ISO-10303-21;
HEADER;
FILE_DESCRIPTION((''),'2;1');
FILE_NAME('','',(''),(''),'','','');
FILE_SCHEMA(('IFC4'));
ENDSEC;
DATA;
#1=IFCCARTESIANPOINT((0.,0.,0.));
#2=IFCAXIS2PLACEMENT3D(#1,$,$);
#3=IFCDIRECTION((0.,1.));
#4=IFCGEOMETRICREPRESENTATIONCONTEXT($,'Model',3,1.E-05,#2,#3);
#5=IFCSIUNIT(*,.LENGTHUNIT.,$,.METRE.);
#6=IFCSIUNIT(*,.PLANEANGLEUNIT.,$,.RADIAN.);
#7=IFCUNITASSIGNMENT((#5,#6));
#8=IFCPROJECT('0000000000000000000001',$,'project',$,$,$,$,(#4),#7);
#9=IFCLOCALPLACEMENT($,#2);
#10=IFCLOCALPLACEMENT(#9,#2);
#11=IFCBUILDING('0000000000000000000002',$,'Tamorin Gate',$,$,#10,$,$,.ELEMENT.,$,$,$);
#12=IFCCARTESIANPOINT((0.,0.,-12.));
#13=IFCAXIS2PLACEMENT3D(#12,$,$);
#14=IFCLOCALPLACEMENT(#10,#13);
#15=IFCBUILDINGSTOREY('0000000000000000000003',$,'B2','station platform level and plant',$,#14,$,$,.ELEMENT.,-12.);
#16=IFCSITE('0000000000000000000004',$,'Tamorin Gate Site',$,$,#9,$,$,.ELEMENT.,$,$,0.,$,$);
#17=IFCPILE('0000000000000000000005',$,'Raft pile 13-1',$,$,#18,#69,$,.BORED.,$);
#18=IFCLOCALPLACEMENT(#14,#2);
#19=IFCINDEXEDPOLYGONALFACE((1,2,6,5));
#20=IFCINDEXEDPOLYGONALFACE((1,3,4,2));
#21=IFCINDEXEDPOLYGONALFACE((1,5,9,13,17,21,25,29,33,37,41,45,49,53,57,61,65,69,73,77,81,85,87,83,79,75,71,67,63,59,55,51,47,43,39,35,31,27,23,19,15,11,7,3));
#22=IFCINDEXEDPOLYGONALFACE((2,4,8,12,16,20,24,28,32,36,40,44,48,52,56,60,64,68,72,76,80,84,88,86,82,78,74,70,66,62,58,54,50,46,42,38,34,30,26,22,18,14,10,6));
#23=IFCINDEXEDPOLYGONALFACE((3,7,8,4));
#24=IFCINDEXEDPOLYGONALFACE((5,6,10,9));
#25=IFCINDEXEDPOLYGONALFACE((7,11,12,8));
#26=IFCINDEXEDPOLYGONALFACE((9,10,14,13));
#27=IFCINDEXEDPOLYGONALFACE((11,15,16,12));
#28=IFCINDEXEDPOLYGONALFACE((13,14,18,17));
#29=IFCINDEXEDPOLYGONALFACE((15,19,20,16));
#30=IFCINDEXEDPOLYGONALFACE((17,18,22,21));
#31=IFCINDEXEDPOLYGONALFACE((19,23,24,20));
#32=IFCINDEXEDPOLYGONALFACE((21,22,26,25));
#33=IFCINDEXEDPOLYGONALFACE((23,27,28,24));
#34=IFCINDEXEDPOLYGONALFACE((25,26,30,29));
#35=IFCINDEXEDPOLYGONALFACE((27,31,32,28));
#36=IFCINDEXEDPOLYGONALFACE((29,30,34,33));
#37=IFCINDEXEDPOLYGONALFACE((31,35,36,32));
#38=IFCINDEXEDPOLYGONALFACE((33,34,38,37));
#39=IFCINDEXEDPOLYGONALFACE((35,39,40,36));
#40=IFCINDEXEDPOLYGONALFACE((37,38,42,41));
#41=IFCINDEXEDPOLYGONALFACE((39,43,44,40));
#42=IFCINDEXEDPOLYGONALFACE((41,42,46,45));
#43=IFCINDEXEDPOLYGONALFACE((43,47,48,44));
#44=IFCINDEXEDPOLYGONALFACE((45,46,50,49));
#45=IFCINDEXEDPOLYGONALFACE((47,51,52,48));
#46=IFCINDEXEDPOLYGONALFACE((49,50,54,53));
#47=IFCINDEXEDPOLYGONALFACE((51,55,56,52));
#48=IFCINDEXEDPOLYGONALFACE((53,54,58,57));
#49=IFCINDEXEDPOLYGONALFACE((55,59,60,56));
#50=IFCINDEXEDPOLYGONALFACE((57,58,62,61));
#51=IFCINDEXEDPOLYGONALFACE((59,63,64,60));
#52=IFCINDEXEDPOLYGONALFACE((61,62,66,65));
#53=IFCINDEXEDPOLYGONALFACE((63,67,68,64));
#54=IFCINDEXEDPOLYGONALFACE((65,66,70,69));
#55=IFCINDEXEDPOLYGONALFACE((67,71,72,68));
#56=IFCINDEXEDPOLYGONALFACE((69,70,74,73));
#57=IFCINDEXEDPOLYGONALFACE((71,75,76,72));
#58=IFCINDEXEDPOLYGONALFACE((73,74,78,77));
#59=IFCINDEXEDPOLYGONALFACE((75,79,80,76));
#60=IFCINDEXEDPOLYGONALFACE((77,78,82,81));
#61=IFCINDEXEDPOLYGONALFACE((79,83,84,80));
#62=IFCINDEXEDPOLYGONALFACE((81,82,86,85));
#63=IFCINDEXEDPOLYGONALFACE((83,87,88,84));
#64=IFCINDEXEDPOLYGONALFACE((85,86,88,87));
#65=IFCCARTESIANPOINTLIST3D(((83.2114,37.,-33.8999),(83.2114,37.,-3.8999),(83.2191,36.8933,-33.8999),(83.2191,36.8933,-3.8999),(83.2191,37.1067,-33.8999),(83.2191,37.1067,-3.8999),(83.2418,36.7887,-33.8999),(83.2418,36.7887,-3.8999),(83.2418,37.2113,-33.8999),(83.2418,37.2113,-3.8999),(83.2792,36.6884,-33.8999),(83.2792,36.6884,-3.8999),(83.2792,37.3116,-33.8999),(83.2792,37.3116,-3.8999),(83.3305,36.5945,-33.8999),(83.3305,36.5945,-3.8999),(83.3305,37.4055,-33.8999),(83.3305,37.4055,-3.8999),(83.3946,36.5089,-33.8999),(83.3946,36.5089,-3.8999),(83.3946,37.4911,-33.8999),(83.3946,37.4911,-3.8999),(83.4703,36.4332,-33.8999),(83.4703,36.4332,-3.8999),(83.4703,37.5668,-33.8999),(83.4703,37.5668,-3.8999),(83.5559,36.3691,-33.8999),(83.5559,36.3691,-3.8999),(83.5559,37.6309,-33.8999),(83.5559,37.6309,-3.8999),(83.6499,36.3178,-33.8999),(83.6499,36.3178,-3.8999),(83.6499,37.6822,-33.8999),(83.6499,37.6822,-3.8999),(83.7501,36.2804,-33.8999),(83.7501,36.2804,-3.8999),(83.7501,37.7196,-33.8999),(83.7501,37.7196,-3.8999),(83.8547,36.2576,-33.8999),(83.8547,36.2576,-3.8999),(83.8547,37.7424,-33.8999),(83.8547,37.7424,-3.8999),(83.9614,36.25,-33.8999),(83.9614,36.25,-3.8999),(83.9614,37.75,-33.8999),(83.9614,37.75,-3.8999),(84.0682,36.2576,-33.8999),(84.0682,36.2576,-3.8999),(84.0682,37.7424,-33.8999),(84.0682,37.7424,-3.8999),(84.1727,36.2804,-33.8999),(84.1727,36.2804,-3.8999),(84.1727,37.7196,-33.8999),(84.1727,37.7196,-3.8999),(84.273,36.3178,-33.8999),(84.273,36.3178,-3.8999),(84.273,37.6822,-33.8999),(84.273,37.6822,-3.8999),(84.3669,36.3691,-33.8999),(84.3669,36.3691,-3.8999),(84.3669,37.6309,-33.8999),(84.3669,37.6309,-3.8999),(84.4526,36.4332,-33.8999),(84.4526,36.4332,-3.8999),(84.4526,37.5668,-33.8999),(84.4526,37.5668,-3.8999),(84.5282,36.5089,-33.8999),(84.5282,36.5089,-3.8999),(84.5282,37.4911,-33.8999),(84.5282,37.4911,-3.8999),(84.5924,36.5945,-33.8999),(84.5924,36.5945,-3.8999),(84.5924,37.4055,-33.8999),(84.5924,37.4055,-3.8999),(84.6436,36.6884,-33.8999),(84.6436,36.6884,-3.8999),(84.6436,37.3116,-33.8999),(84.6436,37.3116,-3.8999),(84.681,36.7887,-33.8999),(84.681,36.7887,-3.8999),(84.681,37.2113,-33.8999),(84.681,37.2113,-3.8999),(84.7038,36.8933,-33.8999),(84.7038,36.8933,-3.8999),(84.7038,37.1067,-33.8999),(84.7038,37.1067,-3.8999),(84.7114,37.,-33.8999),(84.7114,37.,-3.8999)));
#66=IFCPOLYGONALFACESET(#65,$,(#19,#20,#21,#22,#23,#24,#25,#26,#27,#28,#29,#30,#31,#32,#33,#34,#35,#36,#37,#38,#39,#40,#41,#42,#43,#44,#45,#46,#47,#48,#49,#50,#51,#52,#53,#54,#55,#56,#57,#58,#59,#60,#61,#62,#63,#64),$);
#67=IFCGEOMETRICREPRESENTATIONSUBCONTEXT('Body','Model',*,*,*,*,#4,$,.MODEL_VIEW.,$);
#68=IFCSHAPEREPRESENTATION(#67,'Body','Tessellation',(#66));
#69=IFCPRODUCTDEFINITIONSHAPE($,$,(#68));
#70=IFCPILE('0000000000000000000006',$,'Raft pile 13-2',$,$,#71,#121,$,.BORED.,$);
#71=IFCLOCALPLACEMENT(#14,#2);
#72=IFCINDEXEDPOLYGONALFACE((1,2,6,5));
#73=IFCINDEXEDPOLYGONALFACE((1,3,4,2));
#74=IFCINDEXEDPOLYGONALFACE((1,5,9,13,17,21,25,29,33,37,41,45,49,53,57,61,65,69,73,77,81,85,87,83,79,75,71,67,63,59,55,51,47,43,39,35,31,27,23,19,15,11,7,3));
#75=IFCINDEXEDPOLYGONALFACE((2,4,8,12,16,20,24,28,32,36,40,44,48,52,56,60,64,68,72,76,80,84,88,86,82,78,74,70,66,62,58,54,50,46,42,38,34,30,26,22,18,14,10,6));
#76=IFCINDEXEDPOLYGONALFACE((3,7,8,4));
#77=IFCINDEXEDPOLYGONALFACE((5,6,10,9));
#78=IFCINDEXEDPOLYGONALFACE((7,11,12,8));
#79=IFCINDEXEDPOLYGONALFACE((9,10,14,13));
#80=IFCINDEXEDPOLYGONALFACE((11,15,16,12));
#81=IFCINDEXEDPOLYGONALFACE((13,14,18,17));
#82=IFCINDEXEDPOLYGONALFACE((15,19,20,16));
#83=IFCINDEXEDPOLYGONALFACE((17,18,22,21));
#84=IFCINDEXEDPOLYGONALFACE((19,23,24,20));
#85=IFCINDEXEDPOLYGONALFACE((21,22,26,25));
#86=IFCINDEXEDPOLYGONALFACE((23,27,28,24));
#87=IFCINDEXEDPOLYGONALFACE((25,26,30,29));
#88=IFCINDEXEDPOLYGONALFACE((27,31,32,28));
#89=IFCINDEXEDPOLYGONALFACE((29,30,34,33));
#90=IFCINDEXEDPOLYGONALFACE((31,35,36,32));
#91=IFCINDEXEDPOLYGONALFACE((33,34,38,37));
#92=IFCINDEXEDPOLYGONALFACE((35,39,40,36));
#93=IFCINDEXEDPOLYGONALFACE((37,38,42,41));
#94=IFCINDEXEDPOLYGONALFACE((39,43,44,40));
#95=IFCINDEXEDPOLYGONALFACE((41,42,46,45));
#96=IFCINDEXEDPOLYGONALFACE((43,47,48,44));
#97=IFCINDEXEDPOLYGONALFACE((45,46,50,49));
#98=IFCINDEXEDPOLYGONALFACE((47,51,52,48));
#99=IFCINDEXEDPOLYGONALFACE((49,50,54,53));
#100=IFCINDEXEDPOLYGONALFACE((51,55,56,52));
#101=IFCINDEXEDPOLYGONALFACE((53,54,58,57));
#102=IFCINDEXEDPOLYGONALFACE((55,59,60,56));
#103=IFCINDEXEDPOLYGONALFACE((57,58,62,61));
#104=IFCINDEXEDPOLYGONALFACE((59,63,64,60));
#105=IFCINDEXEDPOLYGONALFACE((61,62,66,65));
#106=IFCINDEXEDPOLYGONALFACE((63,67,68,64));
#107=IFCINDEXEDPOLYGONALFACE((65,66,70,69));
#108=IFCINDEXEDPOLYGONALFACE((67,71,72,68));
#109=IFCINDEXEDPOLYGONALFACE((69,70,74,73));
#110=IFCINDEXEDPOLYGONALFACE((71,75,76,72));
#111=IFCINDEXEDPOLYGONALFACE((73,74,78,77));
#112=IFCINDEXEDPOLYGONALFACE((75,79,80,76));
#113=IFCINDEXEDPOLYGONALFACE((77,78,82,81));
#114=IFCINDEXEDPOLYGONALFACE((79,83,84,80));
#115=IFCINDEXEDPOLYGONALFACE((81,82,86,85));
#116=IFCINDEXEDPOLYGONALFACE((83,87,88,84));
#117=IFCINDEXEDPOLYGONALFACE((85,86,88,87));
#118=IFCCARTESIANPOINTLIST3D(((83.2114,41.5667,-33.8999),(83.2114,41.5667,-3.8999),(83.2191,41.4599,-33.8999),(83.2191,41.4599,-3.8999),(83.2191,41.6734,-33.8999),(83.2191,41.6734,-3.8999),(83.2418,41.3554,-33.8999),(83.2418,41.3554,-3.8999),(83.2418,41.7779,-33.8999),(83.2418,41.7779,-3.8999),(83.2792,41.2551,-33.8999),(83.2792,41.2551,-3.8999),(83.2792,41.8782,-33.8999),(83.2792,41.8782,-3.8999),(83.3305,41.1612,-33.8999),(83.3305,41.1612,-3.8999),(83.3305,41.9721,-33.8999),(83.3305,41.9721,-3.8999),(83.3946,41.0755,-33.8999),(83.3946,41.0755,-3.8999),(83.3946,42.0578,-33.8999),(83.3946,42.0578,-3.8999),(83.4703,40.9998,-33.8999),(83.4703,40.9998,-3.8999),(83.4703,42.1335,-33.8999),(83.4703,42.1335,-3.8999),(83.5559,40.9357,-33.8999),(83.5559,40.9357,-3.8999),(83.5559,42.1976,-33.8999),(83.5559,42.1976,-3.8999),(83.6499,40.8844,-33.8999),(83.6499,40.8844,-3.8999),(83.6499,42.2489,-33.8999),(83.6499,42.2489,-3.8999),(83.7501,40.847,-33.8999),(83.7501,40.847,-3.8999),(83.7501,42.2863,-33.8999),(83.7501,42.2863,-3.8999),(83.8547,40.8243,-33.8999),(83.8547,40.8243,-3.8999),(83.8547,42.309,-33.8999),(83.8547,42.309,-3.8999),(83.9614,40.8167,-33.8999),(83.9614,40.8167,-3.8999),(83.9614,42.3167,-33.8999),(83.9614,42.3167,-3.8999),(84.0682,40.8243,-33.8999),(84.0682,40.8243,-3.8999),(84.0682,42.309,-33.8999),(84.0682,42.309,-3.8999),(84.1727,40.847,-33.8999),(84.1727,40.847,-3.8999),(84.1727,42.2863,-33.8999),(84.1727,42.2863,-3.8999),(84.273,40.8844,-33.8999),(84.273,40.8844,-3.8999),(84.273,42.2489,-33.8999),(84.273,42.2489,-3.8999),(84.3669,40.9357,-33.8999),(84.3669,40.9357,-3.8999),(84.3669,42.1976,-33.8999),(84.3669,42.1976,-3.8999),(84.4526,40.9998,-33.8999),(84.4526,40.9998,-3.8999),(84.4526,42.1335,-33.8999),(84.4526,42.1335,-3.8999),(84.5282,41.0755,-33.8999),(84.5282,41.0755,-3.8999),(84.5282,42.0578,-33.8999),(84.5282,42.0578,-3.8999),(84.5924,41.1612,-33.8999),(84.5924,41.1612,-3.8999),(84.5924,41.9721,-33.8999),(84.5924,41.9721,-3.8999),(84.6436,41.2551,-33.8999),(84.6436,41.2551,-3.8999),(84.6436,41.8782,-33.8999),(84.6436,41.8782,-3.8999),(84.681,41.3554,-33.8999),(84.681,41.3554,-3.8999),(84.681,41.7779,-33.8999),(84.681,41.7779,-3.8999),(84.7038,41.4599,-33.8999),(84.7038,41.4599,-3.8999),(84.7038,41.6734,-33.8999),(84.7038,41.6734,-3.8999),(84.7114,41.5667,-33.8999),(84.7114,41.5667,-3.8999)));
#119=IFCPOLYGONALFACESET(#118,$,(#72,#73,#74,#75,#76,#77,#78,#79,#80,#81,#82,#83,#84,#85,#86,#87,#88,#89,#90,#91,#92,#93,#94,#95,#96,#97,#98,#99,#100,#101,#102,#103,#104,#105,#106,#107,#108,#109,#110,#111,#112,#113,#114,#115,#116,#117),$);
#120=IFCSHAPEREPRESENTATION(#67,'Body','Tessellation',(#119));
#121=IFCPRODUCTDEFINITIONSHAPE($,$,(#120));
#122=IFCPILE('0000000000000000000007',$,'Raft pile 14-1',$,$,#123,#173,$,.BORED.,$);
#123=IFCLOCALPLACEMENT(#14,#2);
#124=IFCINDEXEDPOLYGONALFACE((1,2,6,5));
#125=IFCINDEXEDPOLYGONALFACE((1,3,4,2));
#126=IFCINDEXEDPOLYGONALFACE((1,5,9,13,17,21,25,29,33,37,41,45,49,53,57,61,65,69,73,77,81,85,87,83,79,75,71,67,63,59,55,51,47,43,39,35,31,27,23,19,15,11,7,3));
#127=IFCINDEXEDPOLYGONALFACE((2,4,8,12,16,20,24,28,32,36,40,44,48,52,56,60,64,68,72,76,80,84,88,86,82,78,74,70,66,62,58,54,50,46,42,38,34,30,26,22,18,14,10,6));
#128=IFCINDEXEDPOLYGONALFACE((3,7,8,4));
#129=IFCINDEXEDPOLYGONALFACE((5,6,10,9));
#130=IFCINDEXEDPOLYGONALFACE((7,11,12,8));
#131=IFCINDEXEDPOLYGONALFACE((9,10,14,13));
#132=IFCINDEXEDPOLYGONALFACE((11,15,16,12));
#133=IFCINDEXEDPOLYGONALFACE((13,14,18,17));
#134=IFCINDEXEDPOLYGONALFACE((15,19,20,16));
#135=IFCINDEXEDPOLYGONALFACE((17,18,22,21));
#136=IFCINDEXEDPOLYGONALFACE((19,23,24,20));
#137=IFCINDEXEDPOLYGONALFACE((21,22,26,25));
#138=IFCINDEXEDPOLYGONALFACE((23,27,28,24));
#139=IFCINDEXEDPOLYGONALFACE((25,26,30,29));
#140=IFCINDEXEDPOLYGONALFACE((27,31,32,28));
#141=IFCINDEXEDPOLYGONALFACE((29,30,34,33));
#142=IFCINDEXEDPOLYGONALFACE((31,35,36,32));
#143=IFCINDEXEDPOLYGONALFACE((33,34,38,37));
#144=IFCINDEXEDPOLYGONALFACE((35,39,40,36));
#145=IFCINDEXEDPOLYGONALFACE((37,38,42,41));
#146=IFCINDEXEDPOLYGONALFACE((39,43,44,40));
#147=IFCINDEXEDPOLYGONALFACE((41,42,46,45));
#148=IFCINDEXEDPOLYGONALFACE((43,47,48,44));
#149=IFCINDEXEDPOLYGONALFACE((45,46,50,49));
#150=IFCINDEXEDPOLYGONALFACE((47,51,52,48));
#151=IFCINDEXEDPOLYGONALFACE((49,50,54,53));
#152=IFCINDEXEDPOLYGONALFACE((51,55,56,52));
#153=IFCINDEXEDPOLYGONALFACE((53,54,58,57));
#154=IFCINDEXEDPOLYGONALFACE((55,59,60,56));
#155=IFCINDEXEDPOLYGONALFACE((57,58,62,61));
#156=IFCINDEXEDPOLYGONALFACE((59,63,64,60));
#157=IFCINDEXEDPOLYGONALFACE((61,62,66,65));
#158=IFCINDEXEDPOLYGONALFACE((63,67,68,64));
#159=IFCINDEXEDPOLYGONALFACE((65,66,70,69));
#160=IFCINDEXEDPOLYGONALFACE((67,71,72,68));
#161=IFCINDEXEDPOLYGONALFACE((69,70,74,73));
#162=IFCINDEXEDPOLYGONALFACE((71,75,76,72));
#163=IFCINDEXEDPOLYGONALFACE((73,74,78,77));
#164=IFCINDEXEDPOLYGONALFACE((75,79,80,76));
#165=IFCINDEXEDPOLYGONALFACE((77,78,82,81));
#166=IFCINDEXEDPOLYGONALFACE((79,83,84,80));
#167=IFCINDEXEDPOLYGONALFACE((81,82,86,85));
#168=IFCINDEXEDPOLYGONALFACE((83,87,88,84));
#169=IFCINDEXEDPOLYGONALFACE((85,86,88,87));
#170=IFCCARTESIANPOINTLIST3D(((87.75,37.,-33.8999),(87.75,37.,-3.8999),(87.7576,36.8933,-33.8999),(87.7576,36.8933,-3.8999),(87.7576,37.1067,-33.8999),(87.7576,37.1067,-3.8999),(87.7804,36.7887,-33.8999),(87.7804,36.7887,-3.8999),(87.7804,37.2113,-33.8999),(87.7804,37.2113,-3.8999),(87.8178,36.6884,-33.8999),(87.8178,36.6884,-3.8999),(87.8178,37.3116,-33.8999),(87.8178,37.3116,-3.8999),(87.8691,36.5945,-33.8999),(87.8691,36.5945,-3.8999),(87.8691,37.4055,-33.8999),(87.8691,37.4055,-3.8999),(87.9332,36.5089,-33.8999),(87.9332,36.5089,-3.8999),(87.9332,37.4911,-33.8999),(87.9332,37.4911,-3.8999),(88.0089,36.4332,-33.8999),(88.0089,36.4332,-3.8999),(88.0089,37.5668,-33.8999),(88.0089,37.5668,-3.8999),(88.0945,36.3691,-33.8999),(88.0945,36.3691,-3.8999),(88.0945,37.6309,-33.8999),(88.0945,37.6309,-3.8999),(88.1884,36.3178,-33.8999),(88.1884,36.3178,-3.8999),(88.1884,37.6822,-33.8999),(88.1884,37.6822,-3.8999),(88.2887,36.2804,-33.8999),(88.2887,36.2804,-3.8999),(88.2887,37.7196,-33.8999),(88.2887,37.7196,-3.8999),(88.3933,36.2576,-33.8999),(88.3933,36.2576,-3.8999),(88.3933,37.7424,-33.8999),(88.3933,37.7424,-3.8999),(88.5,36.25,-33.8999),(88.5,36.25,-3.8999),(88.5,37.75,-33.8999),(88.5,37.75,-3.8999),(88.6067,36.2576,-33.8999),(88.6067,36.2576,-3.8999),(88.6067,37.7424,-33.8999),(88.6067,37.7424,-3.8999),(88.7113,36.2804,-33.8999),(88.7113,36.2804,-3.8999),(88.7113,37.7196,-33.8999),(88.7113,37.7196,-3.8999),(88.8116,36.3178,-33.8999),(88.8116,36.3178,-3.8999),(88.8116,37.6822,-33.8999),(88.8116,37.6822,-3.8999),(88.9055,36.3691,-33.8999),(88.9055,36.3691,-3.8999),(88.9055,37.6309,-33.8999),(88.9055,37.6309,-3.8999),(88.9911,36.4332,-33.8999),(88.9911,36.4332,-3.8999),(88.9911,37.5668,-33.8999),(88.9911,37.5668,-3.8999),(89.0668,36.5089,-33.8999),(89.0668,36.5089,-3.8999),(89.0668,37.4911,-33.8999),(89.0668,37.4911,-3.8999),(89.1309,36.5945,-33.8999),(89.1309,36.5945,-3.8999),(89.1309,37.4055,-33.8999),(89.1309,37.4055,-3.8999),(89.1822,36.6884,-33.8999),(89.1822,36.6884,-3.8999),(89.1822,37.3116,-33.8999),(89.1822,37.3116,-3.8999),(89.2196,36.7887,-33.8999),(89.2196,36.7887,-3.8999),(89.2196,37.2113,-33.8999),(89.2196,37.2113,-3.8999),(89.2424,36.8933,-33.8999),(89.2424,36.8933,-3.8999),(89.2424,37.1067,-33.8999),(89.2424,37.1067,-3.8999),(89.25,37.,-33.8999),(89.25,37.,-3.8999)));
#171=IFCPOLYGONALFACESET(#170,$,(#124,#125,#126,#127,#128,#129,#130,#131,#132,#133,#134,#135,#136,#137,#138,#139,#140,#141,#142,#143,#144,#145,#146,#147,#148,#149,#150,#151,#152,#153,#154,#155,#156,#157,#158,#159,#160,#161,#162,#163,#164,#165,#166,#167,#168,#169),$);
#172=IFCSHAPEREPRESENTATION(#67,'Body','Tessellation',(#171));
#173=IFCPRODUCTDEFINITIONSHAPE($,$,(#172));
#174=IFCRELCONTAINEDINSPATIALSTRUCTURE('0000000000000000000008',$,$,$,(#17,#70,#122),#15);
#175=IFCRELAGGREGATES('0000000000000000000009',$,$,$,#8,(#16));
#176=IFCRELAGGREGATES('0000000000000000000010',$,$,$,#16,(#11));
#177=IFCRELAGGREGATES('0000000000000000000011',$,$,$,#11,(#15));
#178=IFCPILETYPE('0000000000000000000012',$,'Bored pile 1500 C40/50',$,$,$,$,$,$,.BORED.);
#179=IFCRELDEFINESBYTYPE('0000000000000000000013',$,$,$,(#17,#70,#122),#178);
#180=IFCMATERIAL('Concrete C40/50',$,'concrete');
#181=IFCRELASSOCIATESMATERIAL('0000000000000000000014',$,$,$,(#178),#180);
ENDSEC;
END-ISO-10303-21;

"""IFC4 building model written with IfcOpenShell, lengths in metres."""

from ifc_helpers import new_model, si_unit, direction, frame, origin, origin_2d, place, context, subcontext, project, spatial, circle, extrude, material, material_profile, profile_set, type_object, element, save


model = new_model("IFC4")

# Units and contexts
model_context = context("Model", 3, precision=1e-05, world=origin(), true_north=direction((0.0, 1.0)))
body_context = subcontext(model_context, "Body", "Model", "MODEL_VIEW")
ifc_project = project(units=[si_unit("LENGTHUNIT", "METRE"), si_unit("PLANEANGLEUNIT", "RADIAN")], contexts=[model_context])

# Site, building, storey
site_placement = place(None, origin())
site = spatial("IfcSite", under=ifc_project, at=site_placement, Name="Tamorin Gate Site", CompositionType="ELEMENT", RefElevation=0.0)
building_placement = place(site_placement, origin())
building = spatial("IfcBuilding", under=site, at=building_placement, Name="Tamorin Gate", CompositionType="ELEMENT")
storey_placement = place(building_placement, frame((0.0, 0.0, -12.0)))
storey = spatial("IfcBuildingStorey", under=building, at=storey_placement, Name="B2", Description="station platform level and plant", CompositionType="ELEMENT", Elevation=-12.0)

# Piles
ifc_material_1 = material(Name="Concrete C40/50", Category="concrete")
ifc_material_profile_1 = material_profile(ifc_material_1, circle(Radius=0.75, at=origin_2d()))
ifc_profile_set_1 = profile_set([ifc_material_profile_1], Name="Concrete C40/50")
pile_type = type_object("IfcPileType", Name="Bored pile 1500 C40/50", PredefinedType="BORED", material=ifc_profile_set_1)
for number, where, z_axis, x_axis, name in (
    (1, (83.9614, 37.0, -3.8999), (0.0, 0.0, -1.0), (1.0, 0.0, 0.0), "Raft pile 13-1"),
    (2, (83.9614, 41.5667, -3.8999), (0.0, 0.0, -1.0), (1.0, 0.0, 0.0), "Raft pile 13-2"),
    (3, (88.5, 37.0, -3.8999), (0.0, 0.0, -1.0), (1.0, 0.0, 0.0), "Raft pile 14-1"),
):
    element("IfcPile", number, at=place(storey_placement, frame(where, z_axis=z_axis, x_axis=x_axis)), inside=storey, type_object=pile_type, Name=name, PredefinedType="BORED", context=body_context, shape_type="SweptSolid", body=[
        extrude(circle(Radius=0.75, at=origin_2d()), origin(), (0.0, 0.0, 1.0), 30.0),
    ])

save(model, "model.ifc")
